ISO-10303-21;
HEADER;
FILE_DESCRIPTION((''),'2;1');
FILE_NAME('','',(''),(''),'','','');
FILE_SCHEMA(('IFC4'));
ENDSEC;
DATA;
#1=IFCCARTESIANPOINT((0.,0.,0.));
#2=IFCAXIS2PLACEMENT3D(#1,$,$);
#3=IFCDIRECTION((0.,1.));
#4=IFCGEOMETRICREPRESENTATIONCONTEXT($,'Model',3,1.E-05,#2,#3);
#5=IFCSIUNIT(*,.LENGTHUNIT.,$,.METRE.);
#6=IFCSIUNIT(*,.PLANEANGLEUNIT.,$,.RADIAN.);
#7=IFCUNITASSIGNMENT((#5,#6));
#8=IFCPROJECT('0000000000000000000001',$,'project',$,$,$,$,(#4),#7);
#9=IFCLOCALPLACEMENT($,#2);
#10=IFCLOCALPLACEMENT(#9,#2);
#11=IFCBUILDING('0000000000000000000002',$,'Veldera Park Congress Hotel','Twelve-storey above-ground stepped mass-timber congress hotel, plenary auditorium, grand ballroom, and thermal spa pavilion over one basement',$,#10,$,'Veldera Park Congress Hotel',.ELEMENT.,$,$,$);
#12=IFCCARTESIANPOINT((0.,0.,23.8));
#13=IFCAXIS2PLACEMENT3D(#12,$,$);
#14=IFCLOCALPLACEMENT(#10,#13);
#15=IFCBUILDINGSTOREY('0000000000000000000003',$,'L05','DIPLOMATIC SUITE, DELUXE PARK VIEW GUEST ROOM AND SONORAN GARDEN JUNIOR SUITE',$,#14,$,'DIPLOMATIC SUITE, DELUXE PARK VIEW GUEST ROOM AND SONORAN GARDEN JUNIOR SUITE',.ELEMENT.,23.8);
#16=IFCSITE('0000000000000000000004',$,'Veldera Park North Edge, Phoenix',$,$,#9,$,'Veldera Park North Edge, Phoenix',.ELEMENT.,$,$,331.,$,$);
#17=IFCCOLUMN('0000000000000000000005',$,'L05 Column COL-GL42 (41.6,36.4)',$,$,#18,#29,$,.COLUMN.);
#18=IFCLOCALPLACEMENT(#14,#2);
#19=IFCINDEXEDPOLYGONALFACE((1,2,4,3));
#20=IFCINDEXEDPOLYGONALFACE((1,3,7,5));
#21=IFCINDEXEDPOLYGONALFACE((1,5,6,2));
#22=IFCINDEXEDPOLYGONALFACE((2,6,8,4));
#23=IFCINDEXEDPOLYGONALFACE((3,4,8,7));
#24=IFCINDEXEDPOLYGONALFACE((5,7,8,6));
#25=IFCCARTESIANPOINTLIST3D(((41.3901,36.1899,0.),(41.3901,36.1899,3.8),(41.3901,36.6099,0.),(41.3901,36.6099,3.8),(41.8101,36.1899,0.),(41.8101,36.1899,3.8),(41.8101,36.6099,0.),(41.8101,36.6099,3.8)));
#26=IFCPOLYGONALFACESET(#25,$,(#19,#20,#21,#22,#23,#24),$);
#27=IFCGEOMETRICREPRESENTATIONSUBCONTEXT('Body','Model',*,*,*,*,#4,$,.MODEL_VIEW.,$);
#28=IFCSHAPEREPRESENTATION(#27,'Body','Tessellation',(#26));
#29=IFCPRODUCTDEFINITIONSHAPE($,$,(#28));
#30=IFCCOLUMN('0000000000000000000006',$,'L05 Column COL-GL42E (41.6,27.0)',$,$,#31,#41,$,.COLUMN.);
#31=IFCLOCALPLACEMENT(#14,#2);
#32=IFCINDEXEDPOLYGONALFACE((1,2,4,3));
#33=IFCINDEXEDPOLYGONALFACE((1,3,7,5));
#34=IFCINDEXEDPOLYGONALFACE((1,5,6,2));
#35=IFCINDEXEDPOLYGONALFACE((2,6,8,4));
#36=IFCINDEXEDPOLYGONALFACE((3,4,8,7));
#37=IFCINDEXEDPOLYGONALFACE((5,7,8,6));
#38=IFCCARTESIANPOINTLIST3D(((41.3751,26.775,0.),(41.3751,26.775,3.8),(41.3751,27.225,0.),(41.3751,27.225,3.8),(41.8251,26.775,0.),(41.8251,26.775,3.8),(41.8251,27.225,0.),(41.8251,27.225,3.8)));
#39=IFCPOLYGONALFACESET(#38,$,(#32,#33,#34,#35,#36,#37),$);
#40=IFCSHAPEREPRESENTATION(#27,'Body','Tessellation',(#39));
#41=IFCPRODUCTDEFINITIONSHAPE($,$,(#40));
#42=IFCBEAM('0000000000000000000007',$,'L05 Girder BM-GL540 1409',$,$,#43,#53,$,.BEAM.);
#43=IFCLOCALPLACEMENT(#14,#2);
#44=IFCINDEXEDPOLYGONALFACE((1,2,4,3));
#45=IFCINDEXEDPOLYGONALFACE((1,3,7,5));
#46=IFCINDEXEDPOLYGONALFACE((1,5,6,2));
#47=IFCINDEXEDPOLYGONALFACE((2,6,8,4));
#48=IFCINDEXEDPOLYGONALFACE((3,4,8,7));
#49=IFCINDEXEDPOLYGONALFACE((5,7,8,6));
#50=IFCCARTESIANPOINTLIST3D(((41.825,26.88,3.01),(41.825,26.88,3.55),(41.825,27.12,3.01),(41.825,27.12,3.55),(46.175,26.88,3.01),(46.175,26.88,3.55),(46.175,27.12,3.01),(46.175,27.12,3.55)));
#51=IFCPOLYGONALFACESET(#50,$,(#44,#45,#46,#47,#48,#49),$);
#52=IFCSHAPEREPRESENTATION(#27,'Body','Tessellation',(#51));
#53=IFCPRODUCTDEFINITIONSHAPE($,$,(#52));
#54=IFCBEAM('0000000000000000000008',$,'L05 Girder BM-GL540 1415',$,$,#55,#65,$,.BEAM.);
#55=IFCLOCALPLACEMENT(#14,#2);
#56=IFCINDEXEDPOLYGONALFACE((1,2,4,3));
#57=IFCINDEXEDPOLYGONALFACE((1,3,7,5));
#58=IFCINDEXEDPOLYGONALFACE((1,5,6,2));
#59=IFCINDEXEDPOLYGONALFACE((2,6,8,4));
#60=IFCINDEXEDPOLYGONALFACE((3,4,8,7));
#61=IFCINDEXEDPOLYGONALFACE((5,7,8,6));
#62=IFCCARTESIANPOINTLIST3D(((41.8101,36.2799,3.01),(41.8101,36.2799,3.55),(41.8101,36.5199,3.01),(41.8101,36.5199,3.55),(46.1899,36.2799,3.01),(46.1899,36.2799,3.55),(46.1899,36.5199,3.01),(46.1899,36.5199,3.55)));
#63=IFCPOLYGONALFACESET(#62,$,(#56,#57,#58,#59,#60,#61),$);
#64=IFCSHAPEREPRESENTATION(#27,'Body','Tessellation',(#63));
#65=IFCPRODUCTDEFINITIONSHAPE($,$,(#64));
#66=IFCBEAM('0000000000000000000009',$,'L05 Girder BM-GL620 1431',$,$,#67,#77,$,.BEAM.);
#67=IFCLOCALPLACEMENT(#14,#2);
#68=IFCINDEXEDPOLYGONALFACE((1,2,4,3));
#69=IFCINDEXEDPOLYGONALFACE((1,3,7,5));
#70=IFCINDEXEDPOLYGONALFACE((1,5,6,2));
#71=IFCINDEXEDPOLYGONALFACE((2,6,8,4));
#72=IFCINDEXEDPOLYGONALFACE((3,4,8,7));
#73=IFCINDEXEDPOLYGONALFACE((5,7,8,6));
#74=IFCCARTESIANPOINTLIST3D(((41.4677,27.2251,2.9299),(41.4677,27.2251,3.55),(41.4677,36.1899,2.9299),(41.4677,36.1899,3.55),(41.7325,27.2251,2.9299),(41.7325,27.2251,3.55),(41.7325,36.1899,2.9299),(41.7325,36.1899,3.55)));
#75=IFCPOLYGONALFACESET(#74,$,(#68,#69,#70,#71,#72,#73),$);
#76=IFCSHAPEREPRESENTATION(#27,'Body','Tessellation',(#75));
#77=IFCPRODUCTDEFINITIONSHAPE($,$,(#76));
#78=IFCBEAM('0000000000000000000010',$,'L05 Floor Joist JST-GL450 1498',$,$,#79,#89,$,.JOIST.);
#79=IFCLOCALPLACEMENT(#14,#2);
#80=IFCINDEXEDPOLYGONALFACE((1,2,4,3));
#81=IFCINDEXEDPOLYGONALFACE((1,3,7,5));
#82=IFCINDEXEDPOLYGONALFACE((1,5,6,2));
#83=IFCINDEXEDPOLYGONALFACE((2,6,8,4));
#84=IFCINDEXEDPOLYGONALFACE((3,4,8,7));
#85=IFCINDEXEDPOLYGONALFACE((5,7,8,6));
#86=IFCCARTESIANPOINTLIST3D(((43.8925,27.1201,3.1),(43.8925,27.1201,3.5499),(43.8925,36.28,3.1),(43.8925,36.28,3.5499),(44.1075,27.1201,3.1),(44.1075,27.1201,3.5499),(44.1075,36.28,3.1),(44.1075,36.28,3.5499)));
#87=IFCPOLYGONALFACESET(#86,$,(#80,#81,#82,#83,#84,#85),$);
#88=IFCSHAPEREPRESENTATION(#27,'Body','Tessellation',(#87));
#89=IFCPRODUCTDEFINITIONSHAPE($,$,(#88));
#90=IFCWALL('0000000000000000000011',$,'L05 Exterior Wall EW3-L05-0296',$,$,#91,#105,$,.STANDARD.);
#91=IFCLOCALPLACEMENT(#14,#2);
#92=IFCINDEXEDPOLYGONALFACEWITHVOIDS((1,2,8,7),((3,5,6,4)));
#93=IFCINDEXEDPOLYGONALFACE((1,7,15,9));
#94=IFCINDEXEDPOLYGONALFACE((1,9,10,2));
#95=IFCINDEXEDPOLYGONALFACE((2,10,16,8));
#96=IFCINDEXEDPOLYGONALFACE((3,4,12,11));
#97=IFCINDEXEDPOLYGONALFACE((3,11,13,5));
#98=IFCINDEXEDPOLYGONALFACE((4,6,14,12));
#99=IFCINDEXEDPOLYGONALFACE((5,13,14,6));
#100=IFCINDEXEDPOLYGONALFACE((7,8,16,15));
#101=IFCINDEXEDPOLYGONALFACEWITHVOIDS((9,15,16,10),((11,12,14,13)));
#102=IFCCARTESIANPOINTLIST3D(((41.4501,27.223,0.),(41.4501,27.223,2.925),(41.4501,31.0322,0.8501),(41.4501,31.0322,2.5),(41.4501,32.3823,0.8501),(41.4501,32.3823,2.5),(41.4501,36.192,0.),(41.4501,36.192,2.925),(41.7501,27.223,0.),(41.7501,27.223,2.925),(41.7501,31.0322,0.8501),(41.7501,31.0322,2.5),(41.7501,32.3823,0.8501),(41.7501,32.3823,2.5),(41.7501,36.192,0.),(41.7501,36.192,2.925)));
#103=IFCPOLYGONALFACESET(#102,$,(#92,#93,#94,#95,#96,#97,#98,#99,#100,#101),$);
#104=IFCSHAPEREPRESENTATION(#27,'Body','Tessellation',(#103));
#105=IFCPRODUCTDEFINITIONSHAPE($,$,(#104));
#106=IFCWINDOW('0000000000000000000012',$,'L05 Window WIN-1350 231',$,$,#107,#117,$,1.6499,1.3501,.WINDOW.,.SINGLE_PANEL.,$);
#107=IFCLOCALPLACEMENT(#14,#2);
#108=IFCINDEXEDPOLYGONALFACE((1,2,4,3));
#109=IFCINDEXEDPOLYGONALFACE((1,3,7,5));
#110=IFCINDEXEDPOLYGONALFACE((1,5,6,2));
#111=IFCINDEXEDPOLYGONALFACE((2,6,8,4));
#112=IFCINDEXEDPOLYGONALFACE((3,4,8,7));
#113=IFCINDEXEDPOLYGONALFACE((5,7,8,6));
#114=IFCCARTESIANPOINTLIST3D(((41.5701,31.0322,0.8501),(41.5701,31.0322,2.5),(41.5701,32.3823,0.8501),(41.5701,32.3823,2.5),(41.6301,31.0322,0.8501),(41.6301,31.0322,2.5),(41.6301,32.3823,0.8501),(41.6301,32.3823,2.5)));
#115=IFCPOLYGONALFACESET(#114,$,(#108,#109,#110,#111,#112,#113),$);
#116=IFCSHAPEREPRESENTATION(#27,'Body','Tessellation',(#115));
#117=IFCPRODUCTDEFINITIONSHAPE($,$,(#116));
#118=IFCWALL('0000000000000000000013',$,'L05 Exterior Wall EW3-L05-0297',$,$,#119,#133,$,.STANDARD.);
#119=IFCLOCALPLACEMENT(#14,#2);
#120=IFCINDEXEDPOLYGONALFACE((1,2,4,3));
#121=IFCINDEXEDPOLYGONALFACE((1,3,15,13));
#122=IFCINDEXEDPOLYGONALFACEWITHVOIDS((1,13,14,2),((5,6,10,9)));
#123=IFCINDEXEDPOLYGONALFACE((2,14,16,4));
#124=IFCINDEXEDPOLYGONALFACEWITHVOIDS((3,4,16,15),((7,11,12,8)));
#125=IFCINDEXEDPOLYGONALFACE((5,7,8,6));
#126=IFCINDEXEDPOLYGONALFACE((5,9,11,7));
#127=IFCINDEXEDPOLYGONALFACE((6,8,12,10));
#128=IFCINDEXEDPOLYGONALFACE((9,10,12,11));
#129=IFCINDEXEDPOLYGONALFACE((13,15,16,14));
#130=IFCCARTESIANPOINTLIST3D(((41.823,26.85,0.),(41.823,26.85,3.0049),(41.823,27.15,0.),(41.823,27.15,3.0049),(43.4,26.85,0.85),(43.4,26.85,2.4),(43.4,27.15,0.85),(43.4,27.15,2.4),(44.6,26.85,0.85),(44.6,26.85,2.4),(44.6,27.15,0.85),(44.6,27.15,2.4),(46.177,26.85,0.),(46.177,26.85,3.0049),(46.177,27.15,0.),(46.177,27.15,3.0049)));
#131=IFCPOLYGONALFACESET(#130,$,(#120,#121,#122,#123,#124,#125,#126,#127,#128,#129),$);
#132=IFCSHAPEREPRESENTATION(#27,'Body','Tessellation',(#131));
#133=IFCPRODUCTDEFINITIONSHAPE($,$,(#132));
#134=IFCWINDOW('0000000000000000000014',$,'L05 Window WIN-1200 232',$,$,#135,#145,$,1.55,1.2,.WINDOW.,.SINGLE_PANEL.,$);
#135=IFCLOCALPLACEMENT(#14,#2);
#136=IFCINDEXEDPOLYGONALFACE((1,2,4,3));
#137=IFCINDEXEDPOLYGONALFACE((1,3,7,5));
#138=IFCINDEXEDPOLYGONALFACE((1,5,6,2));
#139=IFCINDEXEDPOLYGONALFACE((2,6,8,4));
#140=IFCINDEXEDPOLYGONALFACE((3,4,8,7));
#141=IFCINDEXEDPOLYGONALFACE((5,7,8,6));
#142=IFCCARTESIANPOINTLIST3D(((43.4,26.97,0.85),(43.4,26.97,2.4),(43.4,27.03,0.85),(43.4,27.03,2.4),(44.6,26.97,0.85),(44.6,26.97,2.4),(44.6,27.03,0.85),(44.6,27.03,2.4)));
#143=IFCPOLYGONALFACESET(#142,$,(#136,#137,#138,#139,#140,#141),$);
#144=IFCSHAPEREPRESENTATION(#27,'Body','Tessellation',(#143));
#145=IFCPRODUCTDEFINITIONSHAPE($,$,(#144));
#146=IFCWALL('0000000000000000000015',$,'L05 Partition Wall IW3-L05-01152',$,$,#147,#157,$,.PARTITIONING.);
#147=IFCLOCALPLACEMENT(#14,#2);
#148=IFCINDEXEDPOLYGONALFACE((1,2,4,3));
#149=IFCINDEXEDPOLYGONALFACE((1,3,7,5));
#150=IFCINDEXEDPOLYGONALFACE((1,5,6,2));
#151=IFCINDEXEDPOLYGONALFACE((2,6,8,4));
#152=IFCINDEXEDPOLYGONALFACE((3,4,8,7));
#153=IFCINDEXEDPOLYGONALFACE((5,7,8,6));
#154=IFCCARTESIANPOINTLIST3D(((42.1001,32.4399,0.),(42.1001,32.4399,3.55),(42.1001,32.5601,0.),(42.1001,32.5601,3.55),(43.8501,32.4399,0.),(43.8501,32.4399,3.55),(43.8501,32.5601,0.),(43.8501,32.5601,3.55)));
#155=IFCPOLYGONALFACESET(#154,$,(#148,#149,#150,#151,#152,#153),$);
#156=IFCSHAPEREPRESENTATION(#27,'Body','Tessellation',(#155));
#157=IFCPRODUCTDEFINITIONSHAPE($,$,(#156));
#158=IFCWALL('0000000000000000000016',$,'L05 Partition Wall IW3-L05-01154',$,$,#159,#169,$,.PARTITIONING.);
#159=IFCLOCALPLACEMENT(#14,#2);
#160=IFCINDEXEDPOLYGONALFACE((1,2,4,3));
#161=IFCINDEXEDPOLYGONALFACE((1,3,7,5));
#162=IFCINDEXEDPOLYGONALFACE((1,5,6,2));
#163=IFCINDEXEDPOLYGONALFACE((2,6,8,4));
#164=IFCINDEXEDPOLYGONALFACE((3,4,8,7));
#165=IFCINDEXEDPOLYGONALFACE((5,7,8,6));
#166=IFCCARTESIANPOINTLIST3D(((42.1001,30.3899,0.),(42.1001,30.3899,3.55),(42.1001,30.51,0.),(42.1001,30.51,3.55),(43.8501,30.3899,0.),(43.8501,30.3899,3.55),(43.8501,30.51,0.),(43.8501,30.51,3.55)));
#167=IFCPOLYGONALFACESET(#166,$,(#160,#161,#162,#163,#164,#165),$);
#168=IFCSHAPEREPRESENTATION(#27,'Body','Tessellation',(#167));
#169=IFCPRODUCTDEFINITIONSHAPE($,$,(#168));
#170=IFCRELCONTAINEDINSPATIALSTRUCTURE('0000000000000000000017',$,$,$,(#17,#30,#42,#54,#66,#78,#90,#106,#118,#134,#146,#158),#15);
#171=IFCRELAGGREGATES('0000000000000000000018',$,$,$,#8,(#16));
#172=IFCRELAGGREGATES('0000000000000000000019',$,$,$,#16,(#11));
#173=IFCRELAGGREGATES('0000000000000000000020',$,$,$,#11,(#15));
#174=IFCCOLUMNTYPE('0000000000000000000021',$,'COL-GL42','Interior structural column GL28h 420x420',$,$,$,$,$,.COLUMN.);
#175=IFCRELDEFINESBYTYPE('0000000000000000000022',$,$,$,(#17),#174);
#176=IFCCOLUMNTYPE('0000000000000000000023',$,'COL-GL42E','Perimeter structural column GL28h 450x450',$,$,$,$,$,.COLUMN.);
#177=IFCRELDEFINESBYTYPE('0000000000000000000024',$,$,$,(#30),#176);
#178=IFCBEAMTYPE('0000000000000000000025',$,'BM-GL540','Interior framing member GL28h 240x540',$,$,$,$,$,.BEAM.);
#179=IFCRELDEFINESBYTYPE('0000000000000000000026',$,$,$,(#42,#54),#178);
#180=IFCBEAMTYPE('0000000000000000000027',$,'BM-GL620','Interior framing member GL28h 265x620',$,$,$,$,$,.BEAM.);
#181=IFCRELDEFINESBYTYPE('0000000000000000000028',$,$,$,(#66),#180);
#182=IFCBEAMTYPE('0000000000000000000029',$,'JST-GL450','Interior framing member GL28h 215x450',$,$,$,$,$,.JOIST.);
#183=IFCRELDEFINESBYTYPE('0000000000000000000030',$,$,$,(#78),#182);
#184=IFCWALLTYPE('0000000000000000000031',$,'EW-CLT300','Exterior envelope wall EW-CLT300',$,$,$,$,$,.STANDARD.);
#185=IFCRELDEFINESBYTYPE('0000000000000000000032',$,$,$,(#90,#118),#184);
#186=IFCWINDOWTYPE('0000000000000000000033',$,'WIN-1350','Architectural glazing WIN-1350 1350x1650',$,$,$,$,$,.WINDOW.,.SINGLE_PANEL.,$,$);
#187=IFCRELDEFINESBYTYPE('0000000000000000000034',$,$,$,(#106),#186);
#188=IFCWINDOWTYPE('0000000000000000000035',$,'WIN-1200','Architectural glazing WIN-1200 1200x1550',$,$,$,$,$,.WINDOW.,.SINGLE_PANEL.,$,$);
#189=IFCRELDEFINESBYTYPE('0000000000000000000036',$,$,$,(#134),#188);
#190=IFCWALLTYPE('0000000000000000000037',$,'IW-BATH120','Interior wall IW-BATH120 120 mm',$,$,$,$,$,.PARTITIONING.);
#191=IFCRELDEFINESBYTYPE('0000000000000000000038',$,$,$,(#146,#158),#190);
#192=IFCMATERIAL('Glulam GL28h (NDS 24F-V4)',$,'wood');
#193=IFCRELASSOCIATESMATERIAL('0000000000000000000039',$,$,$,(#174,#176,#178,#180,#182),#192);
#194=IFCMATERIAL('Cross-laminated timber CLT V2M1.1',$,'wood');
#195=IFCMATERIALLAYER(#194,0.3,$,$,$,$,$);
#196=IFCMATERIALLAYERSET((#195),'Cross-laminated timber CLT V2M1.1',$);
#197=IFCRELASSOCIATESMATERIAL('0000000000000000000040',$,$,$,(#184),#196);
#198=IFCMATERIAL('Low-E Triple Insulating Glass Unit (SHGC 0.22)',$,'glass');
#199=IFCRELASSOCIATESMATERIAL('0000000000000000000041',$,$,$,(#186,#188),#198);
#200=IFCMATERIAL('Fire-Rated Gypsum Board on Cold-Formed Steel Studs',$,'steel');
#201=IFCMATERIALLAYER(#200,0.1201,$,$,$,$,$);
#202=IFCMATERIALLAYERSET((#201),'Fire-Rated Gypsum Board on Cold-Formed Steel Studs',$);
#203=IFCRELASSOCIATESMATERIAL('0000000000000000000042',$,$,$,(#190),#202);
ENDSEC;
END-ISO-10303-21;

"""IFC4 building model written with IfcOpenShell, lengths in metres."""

from ifc_helpers import new_model, si_unit, direction, frame, frame_2d, origin, origin_2d, place, context, subcontext, project, spatial, rectangle, extrude, material, layer, layer_set, material_profile, profile_set, type_object, element, fill, save


model = new_model("IFC4")

# Units and contexts
model_context = context("Model", 3, precision=1e-05, world=origin(), true_north=direction((0.0, 1.0)))
body_context = subcontext(model_context, "Body", "Model", "MODEL_VIEW")
ifc_project = project(units=[si_unit("LENGTHUNIT", "METRE"), si_unit("PLANEANGLEUNIT", "RADIAN")], contexts=[model_context])

# Site, building, storey
site_placement = place(None, origin())
site = spatial("IfcSite", under=ifc_project, at=site_placement, Name="Veldera Park North Edge, Phoenix", LongName="Veldera Park North Edge, Phoenix", CompositionType="ELEMENT", RefElevation=331.0)
building_placement = place(site_placement, origin())
building = spatial("IfcBuilding", under=site, at=building_placement, Name="Veldera Park Congress Hotel", Description="Twelve-storey above-ground stepped mass-timber congress hotel, plenary auditorium, grand ballroom, and thermal spa pavilion over one basement", LongName="Veldera Park Congress Hotel", CompositionType="ELEMENT")
storey_placement = place(building_placement, frame((0.0, 0.0, 23.8)))
storey = spatial("IfcBuildingStorey", under=building, at=storey_placement, Name="L05", Description="DIPLOMATIC SUITE, DELUXE PARK VIEW GUEST ROOM AND SONORAN GARDEN JUNIOR SUITE", LongName="DIPLOMATIC SUITE, DELUXE PARK VIEW GUEST ROOM AND SONORAN GARDEN JUNIOR SUITE", CompositionType="ELEMENT", Elevation=23.8)

# Columns
ifc_material_1 = material(Name="Glulam GL28h (NDS 24F-V4)", Category="wood")
ifc_material_profile_1 = material_profile(ifc_material_1, rectangle(XDim=0.4199, YDim=0.4199, at=origin_2d()), Name="GL28h 420x420")
ifc_profile_set_1 = profile_set([ifc_material_profile_1], Name="Glulam GL28h (NDS 24F-V4)")
column_type_1 = type_object("IfcColumnType", Name="COL-GL42", Description="Interior structural column GL28h 420x420", PredefinedType="COLUMN", material=ifc_profile_set_1)
column_1_placement = place(storey_placement, frame((41.6001, 36.3999, 0.0), z_axis=(0.0, 0.0, 1.0), x_axis=(1.0, 0.0, 0.0)))
element("IfcColumn", 1, at=column_1_placement, inside=storey, type_object=column_type_1, Name="L05 Column COL-GL42 (41.6,36.4)", PredefinedType="COLUMN", context=body_context, shape_type="SweptSolid", body=[
    extrude(rectangle(XDim=0.4199, YDim=0.4199, at=origin_2d()), origin(), (0.0, 0.0, 1.0), 3.8),
])
ifc_material_profile_2 = material_profile(ifc_material_1, rectangle(XDim=0.45, YDim=0.45, at=origin_2d()), Name="GL28h 450x450")
ifc_profile_set_2 = profile_set([ifc_material_profile_2], Name="Glulam GL28h (NDS 24F-V4)")
column_type_2 = type_object("IfcColumnType", Name="COL-GL42E", Description="Perimeter structural column GL28h 450x450", PredefinedType="COLUMN", material=ifc_profile_set_2)
column_2_placement = place(storey_placement, frame((41.6001, 27.0, 0.0), z_axis=(0.0, 0.0, 1.0), x_axis=(1.0, 0.0, 0.0)))
element("IfcColumn", 2, at=column_2_placement, inside=storey, type_object=column_type_2, Name="L05 Column COL-GL42E (41.6,27.0)", PredefinedType="COLUMN", context=body_context, shape_type="SweptSolid", body=[
    extrude(rectangle(XDim=0.45, YDim=0.45, at=origin_2d()), origin(), (0.0, 0.0, 1.0), 3.8),
])

# Beams
ifc_material_profile_3 = material_profile(ifc_material_1, rectangle(XDim=0.24, YDim=0.54, at=origin_2d()), Name="GL28h 240x540")
ifc_profile_set_3 = profile_set([ifc_material_profile_3], Name="Glulam GL28h (NDS 24F-V4)")
beam_type_1 = type_object("IfcBeamType", Name="BM-GL540", Description="Interior framing member GL28h 240x540", PredefinedType="BEAM", material=ifc_profile_set_3)
beam_1_placement = place(storey_placement, frame((41.825, 27.0, 3.28), z_axis=(1.0, 0.0, 0.0), x_axis=(0.0, 1.0, 0.0)))
element("IfcBeam", 3, at=beam_1_placement, inside=storey, type_object=beam_type_1, Name="L05 Girder BM-GL540 1409", PredefinedType="BEAM", context=body_context, shape_type="SweptSolid", body=[
    extrude(rectangle(XDim=0.24, YDim=0.54, at=origin_2d()), origin(), (0.0, 0.0, 1.0), 4.3501),
])
beam_2_placement = place(storey_placement, frame((41.8101, 36.3999, 3.28), z_axis=(1.0, 0.0, 0.0), x_axis=(0.0, 1.0, 0.0)))
element("IfcBeam", 4, at=beam_2_placement, inside=storey, type_object=beam_type_1, Name="L05 Girder BM-GL540 1415", PredefinedType="BEAM", context=body_context, shape_type="SweptSolid", body=[
    extrude(rectangle(XDim=0.24, YDim=0.54, at=origin_2d()), origin(), (0.0, 0.0, 1.0), 4.3799),
])
ifc_material_profile_4 = material_profile(ifc_material_1, rectangle(XDim=0.2649, YDim=0.6201, at=origin_2d()), Name="GL28h 265x620")
ifc_profile_set_4 = profile_set([ifc_material_profile_4], Name="Glulam GL28h (NDS 24F-V4)")
beam_type_2 = type_object("IfcBeamType", Name="BM-GL620", Description="Interior framing member GL28h 265x620", PredefinedType="BEAM", material=ifc_profile_set_4)
beam_3_placement = place(storey_placement, frame((41.6001, 27.2251, 3.24), z_axis=(0.0, 1.0, 0.0), x_axis=(-1.0, 0.0, 0.0)))
element("IfcBeam", 5, at=beam_3_placement, inside=storey, type_object=beam_type_2, Name="L05 Girder BM-GL620 1431", PredefinedType="BEAM", context=body_context, shape_type="SweptSolid", body=[
    extrude(rectangle(XDim=0.2649, YDim=0.6201, at=origin_2d()), origin(), (0.0, 0.0, 1.0), 8.9648),
])
ifc_material_profile_5 = material_profile(ifc_material_1, rectangle(XDim=0.2151, YDim=0.45, at=origin_2d()), Name="GL28h 215x450")
ifc_profile_set_5 = profile_set([ifc_material_profile_5], Name="Glulam GL28h (NDS 24F-V4)")
beam_type_3 = type_object("IfcBeamType", Name="JST-GL450", Description="Interior framing member GL28h 215x450", PredefinedType="JOIST", material=ifc_profile_set_5)
beam_4_placement = place(storey_placement, frame((44.0, 27.1201, 3.325), z_axis=(0.0, 1.0, 0.0), x_axis=(-1.0, 0.0, 0.0)))
element("IfcBeam", 6, at=beam_4_placement, inside=storey, type_object=beam_type_3, Name="L05 Floor Joist JST-GL450 1498", PredefinedType="JOIST", context=body_context, shape_type="SweptSolid", body=[
    extrude(rectangle(XDim=0.2151, YDim=0.45, at=origin_2d()), origin(), (0.0, 0.0, 1.0), 9.1599),
])

# Walls, openings, windows
ifc_material_2 = material(Name="Cross-laminated timber CLT V2M1.1", Category="wood")
ifc_layer_1 = layer(ifc_material_2, 0.3)
ifc_layer_set_1 = layer_set([ifc_layer_1], Name="Cross-laminated timber CLT V2M1.1")
wall_type_1 = type_object("IfcWallType", Name="EW-CLT300", Description="Exterior envelope wall EW-CLT300", PredefinedType="STANDARD", material=ifc_layer_set_1)
wall_1_placement = place(storey_placement, frame((41.6001, 36.1919, 0.0), z_axis=(0.0, 0.0, 1.0), x_axis=(0.0, -1.0, 0.0)))
wall_1 = element("IfcWall", 7, at=wall_1_placement, inside=storey, type_object=wall_type_1, Name="L05 Exterior Wall EW3-L05-0296", PredefinedType="STANDARD", context=body_context, shape_type="SweptSolid", body=[
    extrude(rectangle(XDim=8.969, YDim=0.3, at=frame_2d((4.4844, 0.0))), origin(), (0.0, 0.0, 1.0), 2.925),
])
opening_1_placement = place(wall_1_placement, frame((3.8096, 0.0, 0.8501)))
opening_1 = element("IfcOpeningElement", 8, at=opening_1_placement, cuts=wall_1, PredefinedType="OPENING", context=body_context, shape_type="SweptSolid", body=[
    extrude(rectangle(XDim=1.3501, YDim=1.6499, at=frame_2d((0.675, 0.825))), frame((0.0, 0.1621, 0.0), z_axis=(0.0, -1.0, 0.0), x_axis=(1.0, 0.0, 0.0)), (0.0, 0.0, 1.0), 0.324),
])
ifc_material_3 = material(Name="Low-E Triple Insulating Glass Unit (SHGC 0.22)", Category="glass")
window_type_1 = type_object("IfcWindowType", Name="WIN-1350", Description="Architectural glazing WIN-1350 1350x1650", PartitioningType="SINGLE_PANEL", PredefinedType="WINDOW", material=ifc_material_3)
window_1_placement = place(opening_1_placement, origin())
window_1 = element("IfcWindow", 9, at=window_1_placement, inside=storey, type_object=window_type_1, Name="L05 Window WIN-1350 231", OverallHeight=1.6499, OverallWidth=1.3501, PartitioningType="SINGLE_PANEL", PredefinedType="WINDOW", context=body_context, shape_type="SweptSolid", body=[
    extrude(rectangle(XDim=1.3501, YDim=1.6499, at=frame_2d((0.675, 0.825))), frame((0.0, 0.03, 0.0), z_axis=(0.0, -1.0, 0.0), x_axis=(1.0, 0.0, 0.0)), (0.0, 0.0, 1.0), 0.0601),
])
fill(opening_1, window_1)
wall_2_placement = place(storey_placement, frame((41.823, 27.0, 0.0), z_axis=(0.0, 0.0, 1.0), x_axis=(1.0, 0.0, 0.0)))
wall_2 = element("IfcWall", 10, at=wall_2_placement, inside=storey, type_object=wall_type_1, Name="L05 Exterior Wall EW3-L05-0297", PredefinedType="STANDARD", context=body_context, shape_type="SweptSolid", body=[
    extrude(rectangle(XDim=4.354, YDim=0.3, at=frame_2d((2.177, 0.0))), origin(), (0.0, 0.0, 1.0), 3.0049),
])
opening_2_placement = place(wall_2_placement, frame((1.5769, 0.0, 0.8501)))
opening_2 = element("IfcOpeningElement", 11, at=opening_2_placement, cuts=wall_2, PredefinedType="OPENING", context=body_context, shape_type="SweptSolid", body=[
    extrude(rectangle(XDim=1.2, YDim=1.55, at=frame_2d((0.6001, 0.7749))), frame((0.0, 0.1621, 0.0), z_axis=(0.0, -1.0, 0.0), x_axis=(1.0, 0.0, 0.0)), (0.0, 0.0, 1.0), 0.324),
])
window_type_2 = type_object("IfcWindowType", Name="WIN-1200", Description="Architectural glazing WIN-1200 1200x1550", PartitioningType="SINGLE_PANEL", PredefinedType="WINDOW", material=ifc_material_3)
window_2_placement = place(opening_2_placement, origin())
window_2 = element("IfcWindow", 12, at=window_2_placement, inside=storey, type_object=window_type_2, Name="L05 Window WIN-1200 232", OverallHeight=1.55, OverallWidth=1.2, PartitioningType="SINGLE_PANEL", PredefinedType="WINDOW", context=body_context, shape_type="SweptSolid", body=[
    extrude(rectangle(XDim=1.2, YDim=1.55, at=frame_2d((0.6001, 0.7749))), frame((0.0, 0.03, 0.0), z_axis=(0.0, -1.0, 0.0), x_axis=(1.0, 0.0, 0.0)), (0.0, 0.0, 1.0), 0.0601),
])
fill(opening_2, window_2)

# Wall
ifc_material_4 = material(Name="Fire-Rated Gypsum Board on Cold-Formed Steel Studs", Category="steel")
ifc_layer_2 = layer(ifc_material_4, 0.1201)
ifc_layer_set_2 = layer_set([ifc_layer_2], Name="Fire-Rated Gypsum Board on Cold-Formed Steel Studs")
wall_type_2 = type_object("IfcWallType", Name="IW-BATH120", Description="Interior wall IW-BATH120 120 mm", PredefinedType="PARTITIONING", material=ifc_layer_set_2)
wall_3_placement = place(storey_placement, frame((42.1001, 32.5, 0.0), z_axis=(0.0, 0.0, 1.0), x_axis=(1.0, 0.0, 0.0)))
element("IfcWall", 13, at=wall_3_placement, inside=storey, type_object=wall_type_2, Name="L05 Partition Wall IW3-L05-01152", PredefinedType="PARTITIONING", context=body_context, shape_type="SweptSolid", body=[
    extrude(rectangle(XDim=1.75, YDim=0.1201, at=frame_2d((0.875, 0.0))), origin(), (0.0, 0.0, 1.0), 3.55),
])

# Wall
for number, where, z_axis, x_axis, name in (
    (14, (42.1001, 30.45, 0.0), (0.0, 0.0, 1.0), (1.0, 0.0, 0.0), "L05 Partition Wall IW3-L05-01154"),
):
    element("IfcWall", number, at=place(storey_placement, frame(where, z_axis=z_axis, x_axis=x_axis)), inside=storey, type_object=wall_type_2, Name=name, PredefinedType="PARTITIONING", context=body_context, shape_type="SweptSolid", body=[
        extrude(rectangle(XDim=1.75, YDim=0.1201, at=frame_2d((0.875, 0.0))), origin(), (0.0, 0.0, 1.0), 3.55),
    ])

save(model, "model.ifc")
